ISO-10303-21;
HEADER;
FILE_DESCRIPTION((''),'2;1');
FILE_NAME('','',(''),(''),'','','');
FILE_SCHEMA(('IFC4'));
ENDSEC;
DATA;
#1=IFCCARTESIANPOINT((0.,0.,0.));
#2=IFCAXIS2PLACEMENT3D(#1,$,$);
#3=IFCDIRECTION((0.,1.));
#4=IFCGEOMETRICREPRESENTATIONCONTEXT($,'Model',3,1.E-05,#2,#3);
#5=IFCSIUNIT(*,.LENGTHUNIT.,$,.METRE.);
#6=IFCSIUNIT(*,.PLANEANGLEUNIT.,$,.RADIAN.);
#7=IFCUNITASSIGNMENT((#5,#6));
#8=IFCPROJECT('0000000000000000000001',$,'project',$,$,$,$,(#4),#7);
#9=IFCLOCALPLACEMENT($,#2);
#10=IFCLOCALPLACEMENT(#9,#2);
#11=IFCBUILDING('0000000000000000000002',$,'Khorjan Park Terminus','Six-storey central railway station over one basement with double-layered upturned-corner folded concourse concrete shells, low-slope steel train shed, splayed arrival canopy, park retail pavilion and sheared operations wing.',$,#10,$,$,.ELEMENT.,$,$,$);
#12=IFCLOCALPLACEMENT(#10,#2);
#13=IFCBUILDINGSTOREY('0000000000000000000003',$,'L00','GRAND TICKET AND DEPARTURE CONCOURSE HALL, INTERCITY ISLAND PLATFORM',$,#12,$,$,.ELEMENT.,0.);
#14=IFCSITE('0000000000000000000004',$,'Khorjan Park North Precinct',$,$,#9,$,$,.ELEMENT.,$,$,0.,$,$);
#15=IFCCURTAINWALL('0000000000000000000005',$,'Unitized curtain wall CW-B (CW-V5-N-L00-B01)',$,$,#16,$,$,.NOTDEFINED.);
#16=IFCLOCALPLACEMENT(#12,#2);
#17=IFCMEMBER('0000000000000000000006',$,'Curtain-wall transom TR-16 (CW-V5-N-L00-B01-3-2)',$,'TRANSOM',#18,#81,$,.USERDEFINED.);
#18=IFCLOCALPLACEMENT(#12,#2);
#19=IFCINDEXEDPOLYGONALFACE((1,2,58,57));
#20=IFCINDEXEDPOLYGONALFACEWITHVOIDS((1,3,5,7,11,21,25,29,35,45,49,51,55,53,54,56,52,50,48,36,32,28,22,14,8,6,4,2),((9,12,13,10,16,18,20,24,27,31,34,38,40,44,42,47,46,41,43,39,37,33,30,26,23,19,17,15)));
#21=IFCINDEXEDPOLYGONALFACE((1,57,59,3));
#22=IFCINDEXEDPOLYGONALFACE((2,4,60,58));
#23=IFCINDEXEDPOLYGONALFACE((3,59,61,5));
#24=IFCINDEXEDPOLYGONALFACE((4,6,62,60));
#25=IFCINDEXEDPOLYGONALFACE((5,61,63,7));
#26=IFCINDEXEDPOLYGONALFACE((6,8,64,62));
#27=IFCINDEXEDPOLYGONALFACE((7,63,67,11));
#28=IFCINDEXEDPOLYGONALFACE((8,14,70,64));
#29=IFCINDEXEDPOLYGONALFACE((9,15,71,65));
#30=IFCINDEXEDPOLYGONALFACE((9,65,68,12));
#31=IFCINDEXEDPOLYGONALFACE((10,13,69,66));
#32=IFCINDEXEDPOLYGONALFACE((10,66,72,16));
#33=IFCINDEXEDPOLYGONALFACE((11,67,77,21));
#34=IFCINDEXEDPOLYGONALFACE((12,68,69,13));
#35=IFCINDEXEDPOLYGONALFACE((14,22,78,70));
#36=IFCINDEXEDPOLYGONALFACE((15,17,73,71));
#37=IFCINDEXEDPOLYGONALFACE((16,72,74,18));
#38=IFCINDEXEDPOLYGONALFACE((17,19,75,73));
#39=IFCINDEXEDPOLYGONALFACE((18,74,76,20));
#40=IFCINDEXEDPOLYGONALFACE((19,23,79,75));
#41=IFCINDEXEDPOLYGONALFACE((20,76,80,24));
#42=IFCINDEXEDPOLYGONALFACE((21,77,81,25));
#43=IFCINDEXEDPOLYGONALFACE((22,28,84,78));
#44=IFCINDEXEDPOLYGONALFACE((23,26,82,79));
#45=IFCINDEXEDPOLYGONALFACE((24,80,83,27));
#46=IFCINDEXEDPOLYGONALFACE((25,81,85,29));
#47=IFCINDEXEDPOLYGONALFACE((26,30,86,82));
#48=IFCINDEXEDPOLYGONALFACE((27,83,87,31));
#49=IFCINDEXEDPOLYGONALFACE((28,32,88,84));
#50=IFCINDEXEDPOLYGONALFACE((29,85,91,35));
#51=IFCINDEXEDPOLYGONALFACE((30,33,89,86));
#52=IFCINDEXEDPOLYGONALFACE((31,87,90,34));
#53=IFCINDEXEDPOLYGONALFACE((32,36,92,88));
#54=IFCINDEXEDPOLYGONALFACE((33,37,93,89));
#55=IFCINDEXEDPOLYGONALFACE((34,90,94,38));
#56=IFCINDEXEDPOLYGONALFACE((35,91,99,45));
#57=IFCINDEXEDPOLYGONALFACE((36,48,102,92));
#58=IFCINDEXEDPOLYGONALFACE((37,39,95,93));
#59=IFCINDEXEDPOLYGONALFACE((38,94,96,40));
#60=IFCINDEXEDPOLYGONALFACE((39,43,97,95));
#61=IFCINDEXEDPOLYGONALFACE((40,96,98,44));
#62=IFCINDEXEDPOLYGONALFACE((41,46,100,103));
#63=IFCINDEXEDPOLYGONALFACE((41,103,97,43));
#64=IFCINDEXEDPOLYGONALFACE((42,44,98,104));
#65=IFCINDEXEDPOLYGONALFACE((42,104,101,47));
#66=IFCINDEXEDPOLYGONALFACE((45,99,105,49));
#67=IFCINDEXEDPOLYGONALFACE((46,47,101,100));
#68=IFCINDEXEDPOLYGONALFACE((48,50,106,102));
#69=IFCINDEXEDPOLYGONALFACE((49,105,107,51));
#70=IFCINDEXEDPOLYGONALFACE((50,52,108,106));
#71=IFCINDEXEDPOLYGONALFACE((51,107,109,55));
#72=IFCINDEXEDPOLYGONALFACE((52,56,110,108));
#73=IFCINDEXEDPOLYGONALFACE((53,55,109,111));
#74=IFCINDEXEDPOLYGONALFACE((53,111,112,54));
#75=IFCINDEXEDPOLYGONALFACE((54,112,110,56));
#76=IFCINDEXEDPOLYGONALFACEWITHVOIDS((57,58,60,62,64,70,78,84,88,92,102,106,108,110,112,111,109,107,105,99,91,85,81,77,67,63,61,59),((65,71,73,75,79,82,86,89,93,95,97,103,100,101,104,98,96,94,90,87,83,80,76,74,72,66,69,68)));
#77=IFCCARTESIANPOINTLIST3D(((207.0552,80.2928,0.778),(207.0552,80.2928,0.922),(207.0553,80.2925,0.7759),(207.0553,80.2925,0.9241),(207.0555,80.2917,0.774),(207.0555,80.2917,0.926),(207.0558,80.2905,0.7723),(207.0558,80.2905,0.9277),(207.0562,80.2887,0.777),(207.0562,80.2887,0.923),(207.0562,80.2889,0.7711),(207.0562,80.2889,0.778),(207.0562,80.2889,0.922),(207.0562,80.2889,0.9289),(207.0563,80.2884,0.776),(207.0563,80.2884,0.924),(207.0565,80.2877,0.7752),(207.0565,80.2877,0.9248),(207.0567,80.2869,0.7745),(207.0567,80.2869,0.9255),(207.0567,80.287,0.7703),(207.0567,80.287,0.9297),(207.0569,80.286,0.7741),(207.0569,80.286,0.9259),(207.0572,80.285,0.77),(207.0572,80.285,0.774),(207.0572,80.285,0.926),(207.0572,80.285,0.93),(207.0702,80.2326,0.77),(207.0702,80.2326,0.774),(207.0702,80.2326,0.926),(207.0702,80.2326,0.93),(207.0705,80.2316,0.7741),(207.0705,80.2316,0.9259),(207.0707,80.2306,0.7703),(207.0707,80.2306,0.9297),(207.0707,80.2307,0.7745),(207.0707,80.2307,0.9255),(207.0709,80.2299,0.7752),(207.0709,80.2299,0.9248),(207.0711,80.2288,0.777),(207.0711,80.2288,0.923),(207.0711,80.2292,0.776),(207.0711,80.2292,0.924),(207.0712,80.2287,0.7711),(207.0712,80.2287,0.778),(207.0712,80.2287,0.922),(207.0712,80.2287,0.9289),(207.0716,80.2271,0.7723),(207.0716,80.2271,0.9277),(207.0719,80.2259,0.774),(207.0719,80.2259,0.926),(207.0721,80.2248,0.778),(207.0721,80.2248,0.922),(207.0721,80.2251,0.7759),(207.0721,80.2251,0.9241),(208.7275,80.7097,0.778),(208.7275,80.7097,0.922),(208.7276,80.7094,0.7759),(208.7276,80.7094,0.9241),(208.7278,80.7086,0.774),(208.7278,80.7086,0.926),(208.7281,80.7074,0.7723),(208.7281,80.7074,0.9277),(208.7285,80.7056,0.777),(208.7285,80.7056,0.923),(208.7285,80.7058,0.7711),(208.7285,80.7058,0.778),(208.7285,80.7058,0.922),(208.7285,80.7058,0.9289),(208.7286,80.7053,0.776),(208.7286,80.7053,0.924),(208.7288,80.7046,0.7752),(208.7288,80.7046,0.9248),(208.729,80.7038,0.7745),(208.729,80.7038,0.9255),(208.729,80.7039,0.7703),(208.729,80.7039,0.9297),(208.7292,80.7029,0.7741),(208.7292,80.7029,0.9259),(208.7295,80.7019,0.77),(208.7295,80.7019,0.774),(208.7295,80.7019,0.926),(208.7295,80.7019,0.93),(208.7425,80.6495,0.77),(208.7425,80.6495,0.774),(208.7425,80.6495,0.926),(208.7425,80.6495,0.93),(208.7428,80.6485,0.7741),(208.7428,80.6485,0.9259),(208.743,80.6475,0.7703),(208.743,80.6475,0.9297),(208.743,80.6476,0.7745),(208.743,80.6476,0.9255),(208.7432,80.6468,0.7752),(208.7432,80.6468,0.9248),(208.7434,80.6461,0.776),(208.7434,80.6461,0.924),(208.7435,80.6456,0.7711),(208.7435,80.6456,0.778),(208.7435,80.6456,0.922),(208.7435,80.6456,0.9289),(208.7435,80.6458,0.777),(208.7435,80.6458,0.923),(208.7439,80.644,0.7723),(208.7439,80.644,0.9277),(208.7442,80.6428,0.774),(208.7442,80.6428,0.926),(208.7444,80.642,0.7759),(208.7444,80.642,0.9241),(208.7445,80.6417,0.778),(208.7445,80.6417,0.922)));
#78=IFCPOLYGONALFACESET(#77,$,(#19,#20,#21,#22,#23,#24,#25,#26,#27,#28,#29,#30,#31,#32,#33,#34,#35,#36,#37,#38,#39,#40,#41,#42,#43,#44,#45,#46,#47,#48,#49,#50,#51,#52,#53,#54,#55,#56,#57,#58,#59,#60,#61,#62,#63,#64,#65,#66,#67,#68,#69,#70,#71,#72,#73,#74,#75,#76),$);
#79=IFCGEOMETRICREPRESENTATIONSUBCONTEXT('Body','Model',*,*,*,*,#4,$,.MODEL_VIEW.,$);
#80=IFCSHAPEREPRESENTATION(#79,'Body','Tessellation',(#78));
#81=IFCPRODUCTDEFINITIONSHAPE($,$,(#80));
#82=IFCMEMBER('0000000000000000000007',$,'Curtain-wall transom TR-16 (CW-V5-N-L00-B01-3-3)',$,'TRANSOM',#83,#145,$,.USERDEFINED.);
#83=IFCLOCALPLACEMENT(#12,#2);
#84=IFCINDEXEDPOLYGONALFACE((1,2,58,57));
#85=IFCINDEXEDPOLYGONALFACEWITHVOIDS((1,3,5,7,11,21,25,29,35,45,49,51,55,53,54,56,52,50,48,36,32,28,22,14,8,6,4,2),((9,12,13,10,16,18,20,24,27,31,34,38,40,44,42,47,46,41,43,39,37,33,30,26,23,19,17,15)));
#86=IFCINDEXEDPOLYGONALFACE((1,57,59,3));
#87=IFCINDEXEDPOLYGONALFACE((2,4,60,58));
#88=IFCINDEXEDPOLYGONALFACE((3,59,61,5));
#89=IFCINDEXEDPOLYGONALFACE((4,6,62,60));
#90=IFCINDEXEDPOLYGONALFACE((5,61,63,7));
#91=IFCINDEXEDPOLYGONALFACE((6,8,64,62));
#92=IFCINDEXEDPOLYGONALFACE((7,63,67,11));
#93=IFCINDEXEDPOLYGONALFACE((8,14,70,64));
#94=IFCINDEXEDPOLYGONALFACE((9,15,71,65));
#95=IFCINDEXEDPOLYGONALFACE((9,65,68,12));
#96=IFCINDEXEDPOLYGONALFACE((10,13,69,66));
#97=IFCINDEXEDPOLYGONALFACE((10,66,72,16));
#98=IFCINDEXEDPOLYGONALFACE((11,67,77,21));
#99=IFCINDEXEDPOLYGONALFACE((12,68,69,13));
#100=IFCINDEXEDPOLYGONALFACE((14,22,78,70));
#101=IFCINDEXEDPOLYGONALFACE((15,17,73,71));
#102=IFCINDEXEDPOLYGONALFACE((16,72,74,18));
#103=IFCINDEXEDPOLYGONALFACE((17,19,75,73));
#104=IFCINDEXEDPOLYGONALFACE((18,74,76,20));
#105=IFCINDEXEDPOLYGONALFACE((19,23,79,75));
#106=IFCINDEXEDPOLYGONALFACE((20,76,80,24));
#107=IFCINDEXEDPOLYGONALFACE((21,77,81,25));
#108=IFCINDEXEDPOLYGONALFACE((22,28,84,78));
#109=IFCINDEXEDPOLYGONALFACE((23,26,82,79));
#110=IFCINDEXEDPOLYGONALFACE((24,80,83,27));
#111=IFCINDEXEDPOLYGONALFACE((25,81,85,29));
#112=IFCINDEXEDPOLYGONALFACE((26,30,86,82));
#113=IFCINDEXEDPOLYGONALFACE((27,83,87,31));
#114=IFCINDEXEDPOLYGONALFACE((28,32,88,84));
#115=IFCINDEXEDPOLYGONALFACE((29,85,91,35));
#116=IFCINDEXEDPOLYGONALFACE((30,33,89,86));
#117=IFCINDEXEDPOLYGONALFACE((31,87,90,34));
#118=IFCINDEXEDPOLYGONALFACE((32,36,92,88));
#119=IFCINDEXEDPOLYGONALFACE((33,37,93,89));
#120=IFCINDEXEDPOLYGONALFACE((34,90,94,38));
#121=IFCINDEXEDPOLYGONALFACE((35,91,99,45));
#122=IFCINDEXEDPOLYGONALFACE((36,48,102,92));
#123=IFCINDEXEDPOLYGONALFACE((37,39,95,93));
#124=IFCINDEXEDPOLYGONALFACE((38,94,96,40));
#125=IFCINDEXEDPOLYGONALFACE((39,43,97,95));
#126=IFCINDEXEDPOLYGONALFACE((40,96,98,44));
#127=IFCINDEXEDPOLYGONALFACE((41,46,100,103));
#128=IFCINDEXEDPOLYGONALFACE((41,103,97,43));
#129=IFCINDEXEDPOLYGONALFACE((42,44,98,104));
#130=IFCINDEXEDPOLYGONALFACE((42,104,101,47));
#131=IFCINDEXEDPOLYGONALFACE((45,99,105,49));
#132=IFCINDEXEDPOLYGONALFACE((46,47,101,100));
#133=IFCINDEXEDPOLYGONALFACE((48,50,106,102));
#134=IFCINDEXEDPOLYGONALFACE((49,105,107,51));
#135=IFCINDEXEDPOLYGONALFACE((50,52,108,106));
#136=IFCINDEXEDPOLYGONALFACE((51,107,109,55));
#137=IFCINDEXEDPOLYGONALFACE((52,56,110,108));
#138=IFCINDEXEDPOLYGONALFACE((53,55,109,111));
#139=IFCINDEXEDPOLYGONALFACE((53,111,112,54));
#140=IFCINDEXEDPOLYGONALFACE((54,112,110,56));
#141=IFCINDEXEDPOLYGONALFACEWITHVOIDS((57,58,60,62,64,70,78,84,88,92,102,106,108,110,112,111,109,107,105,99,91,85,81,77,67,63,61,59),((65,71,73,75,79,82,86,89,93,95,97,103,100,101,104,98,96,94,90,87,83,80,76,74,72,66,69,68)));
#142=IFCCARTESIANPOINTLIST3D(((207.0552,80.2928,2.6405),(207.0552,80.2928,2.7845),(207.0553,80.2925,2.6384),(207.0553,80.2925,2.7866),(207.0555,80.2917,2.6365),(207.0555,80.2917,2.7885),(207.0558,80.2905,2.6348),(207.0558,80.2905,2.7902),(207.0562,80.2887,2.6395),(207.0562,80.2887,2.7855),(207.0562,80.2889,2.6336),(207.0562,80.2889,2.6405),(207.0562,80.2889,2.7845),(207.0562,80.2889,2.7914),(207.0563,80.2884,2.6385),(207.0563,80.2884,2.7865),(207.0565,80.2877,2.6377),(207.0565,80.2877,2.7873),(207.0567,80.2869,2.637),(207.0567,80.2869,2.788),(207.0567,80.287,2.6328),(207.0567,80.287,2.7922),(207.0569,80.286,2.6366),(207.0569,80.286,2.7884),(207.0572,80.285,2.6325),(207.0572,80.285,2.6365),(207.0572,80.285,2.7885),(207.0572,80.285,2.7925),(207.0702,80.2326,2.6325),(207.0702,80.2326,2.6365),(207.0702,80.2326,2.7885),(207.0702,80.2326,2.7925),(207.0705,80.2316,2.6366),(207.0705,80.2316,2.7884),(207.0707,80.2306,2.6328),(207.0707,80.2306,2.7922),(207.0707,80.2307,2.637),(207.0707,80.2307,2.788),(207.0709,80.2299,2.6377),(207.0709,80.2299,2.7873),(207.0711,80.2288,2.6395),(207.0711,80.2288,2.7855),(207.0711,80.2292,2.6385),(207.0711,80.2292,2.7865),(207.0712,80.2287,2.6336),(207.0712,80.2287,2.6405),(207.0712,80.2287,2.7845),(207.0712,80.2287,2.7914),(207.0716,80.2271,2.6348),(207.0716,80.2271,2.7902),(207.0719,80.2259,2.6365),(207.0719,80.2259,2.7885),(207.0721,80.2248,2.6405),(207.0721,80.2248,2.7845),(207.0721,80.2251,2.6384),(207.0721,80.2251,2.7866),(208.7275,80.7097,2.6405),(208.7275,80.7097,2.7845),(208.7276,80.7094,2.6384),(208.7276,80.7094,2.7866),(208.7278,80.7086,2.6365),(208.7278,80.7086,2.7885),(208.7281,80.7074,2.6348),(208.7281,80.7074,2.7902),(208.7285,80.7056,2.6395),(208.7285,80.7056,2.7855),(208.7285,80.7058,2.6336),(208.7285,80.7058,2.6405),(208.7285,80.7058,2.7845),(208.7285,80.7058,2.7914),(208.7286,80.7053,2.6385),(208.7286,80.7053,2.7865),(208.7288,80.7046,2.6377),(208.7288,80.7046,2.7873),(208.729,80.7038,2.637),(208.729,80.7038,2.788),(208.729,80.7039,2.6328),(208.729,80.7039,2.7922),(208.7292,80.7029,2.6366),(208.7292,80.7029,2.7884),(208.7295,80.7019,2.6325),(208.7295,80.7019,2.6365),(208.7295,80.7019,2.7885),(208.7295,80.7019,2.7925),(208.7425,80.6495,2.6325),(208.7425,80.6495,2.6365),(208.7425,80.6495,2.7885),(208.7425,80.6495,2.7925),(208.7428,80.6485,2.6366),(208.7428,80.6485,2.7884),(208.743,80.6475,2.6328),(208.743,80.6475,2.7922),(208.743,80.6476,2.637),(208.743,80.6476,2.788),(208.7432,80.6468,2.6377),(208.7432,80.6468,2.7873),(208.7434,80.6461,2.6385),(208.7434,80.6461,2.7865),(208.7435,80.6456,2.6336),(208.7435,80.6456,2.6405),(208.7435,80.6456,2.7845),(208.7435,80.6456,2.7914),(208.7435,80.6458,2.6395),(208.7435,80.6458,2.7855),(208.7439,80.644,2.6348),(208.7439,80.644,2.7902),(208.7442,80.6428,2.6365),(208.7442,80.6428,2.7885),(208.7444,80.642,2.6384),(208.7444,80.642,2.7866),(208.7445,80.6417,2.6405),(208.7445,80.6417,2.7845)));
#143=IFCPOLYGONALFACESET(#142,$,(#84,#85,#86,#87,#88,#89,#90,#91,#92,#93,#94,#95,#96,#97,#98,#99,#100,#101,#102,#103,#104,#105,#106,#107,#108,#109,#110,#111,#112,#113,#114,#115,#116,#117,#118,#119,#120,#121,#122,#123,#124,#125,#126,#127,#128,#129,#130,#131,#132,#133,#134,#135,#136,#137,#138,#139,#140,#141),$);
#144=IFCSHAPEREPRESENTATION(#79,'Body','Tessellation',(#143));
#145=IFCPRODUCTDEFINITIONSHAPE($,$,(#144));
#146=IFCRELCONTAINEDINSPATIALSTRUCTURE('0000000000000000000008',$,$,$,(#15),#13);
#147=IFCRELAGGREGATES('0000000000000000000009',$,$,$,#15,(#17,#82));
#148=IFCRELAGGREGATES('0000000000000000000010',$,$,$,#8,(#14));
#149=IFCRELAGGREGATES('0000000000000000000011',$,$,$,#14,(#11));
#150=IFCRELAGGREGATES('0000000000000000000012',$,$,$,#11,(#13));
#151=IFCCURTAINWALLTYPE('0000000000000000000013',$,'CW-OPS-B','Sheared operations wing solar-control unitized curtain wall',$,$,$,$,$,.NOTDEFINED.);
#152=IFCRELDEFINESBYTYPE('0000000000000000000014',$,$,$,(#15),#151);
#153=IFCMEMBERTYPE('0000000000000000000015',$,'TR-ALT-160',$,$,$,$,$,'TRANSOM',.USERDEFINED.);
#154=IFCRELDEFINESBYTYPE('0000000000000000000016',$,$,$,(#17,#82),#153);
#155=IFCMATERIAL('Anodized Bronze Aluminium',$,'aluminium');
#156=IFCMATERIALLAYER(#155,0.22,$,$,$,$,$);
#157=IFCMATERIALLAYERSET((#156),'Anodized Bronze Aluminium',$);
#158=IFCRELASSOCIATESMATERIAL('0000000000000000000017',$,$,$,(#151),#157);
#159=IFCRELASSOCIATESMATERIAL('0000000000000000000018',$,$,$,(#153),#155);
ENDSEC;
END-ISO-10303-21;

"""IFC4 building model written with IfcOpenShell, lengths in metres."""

from ifc_helpers import new_model, si_unit, direction, frame, origin, origin_2d, place, context, subcontext, project, spatial, hollow_rectangle, extrude, material, layer, layer_set, material_profile, profile_set, type_object, element, aggregate, save


model = new_model("IFC4")

# Units and contexts
model_context = context("Model", 3, precision=1e-05, world=origin(), true_north=direction((0.0, 1.0)))
body_context = subcontext(model_context, "Body", "Model", "MODEL_VIEW")
ifc_project = project(units=[si_unit("LENGTHUNIT", "METRE"), si_unit("PLANEANGLEUNIT", "RADIAN")], contexts=[model_context])

# Site, building, storey
site_placement = place(None, origin())
site = spatial("IfcSite", under=ifc_project, at=site_placement, Name="Khorjan Park North Precinct", CompositionType="ELEMENT", RefElevation=0.0)
building_placement = place(site_placement, origin())
building = spatial("IfcBuilding", under=site, at=building_placement, Name="Khorjan Park Terminus", Description="Six-storey central railway station over one basement with double-layered upturned-corner folded concourse concrete shells, low-slope steel train shed, splayed arrival canopy, park retail pavilion and sheared operations wing.", CompositionType="ELEMENT")
storey_placement = place(building_placement, origin())
storey = spatial("IfcBuildingStorey", under=building, at=storey_placement, Name="L00", Description="GRAND TICKET AND DEPARTURE CONCOURSE HALL, INTERCITY ISLAND PLATFORM", CompositionType="ELEMENT", Elevation=0.0)

# Curtain wall, members
ifc_material_1 = material(Name="Anodized Bronze Aluminium", Category="aluminium")
ifc_layer_1 = layer(ifc_material_1, 0.22)
ifc_layer_set_1 = layer_set([ifc_layer_1], Name="Anodized Bronze Aluminium")
curtain_wall_type = type_object("IfcCurtainWallType", Name="CW-OPS-B", Description="Sheared operations wing solar-control unitized curtain wall", PredefinedType="NOTDEFINED", material=ifc_layer_set_1)
curtain_wall_placement = place(storey_placement, origin())
curtain_wall = element("IfcCurtainWall", 1, at=curtain_wall_placement, inside=storey, type_object=curtain_wall_type, Name="Unitized curtain wall CW-B (CW-V5-N-L00-B01)", PredefinedType="NOTDEFINED")
ifc_material_profile_1 = material_profile(ifc_material_1, hollow_rectangle(XDim=0.07, YDim=0.16, WallThickness=0.004, InnerFilletRadius=0.004, OuterFilletRadius=0.008, at=origin_2d()), Name="ALT 70x160x4")
ifc_profile_set_1 = profile_set([ifc_material_profile_1], Name="Anodized Bronze Aluminium")
member_type_1 = type_object("IfcMemberType", Name="TR-ALT-160", ElementType="TRANSOM", PredefinedType="USERDEFINED", material=ifc_profile_set_1)
member_1_placement = place(storey_placement, frame((208.736, 80.6757, 0.85), z_axis=(-0.970303, -0.241894, 0.0), x_axis=(0.241894, -0.970303, 0.0)))
member_1 = element("IfcMember", 2, at=member_1_placement, type_object=member_type_1, Name="Curtain-wall transom TR-16 (CW-V5-N-L00-B01-3-2)", ObjectType="TRANSOM", PredefinedType="USERDEFINED", context=body_context, shape_type="SweptSolid", body=[
    extrude(hollow_rectangle(XDim=0.07, YDim=0.16, WallThickness=0.004, InnerFilletRadius=0.004, OuterFilletRadius=0.008, at=origin_2d()), origin(), (0.0, 0.0, 1.0), 1.7235),
])
member_2_placement = place(storey_placement, frame((208.736, 80.6757, 2.7125), z_axis=(-0.970303, -0.241894, 0.0), x_axis=(0.241894, -0.970303, 0.0)))
member_2 = element("IfcMember", 3, at=member_2_placement, type_object=member_type_1, Name="Curtain-wall transom TR-16 (CW-V5-N-L00-B01-3-3)", ObjectType="TRANSOM", PredefinedType="USERDEFINED", context=body_context, shape_type="SweptSolid", body=[
    extrude(hollow_rectangle(XDim=0.07, YDim=0.16, WallThickness=0.004, InnerFilletRadius=0.004, OuterFilletRadius=0.008, at=origin_2d()), origin(), (0.0, 0.0, 1.0), 1.7235),
])
aggregate(curtain_wall, [member_1, member_2])

save(model, "model.ifc")
